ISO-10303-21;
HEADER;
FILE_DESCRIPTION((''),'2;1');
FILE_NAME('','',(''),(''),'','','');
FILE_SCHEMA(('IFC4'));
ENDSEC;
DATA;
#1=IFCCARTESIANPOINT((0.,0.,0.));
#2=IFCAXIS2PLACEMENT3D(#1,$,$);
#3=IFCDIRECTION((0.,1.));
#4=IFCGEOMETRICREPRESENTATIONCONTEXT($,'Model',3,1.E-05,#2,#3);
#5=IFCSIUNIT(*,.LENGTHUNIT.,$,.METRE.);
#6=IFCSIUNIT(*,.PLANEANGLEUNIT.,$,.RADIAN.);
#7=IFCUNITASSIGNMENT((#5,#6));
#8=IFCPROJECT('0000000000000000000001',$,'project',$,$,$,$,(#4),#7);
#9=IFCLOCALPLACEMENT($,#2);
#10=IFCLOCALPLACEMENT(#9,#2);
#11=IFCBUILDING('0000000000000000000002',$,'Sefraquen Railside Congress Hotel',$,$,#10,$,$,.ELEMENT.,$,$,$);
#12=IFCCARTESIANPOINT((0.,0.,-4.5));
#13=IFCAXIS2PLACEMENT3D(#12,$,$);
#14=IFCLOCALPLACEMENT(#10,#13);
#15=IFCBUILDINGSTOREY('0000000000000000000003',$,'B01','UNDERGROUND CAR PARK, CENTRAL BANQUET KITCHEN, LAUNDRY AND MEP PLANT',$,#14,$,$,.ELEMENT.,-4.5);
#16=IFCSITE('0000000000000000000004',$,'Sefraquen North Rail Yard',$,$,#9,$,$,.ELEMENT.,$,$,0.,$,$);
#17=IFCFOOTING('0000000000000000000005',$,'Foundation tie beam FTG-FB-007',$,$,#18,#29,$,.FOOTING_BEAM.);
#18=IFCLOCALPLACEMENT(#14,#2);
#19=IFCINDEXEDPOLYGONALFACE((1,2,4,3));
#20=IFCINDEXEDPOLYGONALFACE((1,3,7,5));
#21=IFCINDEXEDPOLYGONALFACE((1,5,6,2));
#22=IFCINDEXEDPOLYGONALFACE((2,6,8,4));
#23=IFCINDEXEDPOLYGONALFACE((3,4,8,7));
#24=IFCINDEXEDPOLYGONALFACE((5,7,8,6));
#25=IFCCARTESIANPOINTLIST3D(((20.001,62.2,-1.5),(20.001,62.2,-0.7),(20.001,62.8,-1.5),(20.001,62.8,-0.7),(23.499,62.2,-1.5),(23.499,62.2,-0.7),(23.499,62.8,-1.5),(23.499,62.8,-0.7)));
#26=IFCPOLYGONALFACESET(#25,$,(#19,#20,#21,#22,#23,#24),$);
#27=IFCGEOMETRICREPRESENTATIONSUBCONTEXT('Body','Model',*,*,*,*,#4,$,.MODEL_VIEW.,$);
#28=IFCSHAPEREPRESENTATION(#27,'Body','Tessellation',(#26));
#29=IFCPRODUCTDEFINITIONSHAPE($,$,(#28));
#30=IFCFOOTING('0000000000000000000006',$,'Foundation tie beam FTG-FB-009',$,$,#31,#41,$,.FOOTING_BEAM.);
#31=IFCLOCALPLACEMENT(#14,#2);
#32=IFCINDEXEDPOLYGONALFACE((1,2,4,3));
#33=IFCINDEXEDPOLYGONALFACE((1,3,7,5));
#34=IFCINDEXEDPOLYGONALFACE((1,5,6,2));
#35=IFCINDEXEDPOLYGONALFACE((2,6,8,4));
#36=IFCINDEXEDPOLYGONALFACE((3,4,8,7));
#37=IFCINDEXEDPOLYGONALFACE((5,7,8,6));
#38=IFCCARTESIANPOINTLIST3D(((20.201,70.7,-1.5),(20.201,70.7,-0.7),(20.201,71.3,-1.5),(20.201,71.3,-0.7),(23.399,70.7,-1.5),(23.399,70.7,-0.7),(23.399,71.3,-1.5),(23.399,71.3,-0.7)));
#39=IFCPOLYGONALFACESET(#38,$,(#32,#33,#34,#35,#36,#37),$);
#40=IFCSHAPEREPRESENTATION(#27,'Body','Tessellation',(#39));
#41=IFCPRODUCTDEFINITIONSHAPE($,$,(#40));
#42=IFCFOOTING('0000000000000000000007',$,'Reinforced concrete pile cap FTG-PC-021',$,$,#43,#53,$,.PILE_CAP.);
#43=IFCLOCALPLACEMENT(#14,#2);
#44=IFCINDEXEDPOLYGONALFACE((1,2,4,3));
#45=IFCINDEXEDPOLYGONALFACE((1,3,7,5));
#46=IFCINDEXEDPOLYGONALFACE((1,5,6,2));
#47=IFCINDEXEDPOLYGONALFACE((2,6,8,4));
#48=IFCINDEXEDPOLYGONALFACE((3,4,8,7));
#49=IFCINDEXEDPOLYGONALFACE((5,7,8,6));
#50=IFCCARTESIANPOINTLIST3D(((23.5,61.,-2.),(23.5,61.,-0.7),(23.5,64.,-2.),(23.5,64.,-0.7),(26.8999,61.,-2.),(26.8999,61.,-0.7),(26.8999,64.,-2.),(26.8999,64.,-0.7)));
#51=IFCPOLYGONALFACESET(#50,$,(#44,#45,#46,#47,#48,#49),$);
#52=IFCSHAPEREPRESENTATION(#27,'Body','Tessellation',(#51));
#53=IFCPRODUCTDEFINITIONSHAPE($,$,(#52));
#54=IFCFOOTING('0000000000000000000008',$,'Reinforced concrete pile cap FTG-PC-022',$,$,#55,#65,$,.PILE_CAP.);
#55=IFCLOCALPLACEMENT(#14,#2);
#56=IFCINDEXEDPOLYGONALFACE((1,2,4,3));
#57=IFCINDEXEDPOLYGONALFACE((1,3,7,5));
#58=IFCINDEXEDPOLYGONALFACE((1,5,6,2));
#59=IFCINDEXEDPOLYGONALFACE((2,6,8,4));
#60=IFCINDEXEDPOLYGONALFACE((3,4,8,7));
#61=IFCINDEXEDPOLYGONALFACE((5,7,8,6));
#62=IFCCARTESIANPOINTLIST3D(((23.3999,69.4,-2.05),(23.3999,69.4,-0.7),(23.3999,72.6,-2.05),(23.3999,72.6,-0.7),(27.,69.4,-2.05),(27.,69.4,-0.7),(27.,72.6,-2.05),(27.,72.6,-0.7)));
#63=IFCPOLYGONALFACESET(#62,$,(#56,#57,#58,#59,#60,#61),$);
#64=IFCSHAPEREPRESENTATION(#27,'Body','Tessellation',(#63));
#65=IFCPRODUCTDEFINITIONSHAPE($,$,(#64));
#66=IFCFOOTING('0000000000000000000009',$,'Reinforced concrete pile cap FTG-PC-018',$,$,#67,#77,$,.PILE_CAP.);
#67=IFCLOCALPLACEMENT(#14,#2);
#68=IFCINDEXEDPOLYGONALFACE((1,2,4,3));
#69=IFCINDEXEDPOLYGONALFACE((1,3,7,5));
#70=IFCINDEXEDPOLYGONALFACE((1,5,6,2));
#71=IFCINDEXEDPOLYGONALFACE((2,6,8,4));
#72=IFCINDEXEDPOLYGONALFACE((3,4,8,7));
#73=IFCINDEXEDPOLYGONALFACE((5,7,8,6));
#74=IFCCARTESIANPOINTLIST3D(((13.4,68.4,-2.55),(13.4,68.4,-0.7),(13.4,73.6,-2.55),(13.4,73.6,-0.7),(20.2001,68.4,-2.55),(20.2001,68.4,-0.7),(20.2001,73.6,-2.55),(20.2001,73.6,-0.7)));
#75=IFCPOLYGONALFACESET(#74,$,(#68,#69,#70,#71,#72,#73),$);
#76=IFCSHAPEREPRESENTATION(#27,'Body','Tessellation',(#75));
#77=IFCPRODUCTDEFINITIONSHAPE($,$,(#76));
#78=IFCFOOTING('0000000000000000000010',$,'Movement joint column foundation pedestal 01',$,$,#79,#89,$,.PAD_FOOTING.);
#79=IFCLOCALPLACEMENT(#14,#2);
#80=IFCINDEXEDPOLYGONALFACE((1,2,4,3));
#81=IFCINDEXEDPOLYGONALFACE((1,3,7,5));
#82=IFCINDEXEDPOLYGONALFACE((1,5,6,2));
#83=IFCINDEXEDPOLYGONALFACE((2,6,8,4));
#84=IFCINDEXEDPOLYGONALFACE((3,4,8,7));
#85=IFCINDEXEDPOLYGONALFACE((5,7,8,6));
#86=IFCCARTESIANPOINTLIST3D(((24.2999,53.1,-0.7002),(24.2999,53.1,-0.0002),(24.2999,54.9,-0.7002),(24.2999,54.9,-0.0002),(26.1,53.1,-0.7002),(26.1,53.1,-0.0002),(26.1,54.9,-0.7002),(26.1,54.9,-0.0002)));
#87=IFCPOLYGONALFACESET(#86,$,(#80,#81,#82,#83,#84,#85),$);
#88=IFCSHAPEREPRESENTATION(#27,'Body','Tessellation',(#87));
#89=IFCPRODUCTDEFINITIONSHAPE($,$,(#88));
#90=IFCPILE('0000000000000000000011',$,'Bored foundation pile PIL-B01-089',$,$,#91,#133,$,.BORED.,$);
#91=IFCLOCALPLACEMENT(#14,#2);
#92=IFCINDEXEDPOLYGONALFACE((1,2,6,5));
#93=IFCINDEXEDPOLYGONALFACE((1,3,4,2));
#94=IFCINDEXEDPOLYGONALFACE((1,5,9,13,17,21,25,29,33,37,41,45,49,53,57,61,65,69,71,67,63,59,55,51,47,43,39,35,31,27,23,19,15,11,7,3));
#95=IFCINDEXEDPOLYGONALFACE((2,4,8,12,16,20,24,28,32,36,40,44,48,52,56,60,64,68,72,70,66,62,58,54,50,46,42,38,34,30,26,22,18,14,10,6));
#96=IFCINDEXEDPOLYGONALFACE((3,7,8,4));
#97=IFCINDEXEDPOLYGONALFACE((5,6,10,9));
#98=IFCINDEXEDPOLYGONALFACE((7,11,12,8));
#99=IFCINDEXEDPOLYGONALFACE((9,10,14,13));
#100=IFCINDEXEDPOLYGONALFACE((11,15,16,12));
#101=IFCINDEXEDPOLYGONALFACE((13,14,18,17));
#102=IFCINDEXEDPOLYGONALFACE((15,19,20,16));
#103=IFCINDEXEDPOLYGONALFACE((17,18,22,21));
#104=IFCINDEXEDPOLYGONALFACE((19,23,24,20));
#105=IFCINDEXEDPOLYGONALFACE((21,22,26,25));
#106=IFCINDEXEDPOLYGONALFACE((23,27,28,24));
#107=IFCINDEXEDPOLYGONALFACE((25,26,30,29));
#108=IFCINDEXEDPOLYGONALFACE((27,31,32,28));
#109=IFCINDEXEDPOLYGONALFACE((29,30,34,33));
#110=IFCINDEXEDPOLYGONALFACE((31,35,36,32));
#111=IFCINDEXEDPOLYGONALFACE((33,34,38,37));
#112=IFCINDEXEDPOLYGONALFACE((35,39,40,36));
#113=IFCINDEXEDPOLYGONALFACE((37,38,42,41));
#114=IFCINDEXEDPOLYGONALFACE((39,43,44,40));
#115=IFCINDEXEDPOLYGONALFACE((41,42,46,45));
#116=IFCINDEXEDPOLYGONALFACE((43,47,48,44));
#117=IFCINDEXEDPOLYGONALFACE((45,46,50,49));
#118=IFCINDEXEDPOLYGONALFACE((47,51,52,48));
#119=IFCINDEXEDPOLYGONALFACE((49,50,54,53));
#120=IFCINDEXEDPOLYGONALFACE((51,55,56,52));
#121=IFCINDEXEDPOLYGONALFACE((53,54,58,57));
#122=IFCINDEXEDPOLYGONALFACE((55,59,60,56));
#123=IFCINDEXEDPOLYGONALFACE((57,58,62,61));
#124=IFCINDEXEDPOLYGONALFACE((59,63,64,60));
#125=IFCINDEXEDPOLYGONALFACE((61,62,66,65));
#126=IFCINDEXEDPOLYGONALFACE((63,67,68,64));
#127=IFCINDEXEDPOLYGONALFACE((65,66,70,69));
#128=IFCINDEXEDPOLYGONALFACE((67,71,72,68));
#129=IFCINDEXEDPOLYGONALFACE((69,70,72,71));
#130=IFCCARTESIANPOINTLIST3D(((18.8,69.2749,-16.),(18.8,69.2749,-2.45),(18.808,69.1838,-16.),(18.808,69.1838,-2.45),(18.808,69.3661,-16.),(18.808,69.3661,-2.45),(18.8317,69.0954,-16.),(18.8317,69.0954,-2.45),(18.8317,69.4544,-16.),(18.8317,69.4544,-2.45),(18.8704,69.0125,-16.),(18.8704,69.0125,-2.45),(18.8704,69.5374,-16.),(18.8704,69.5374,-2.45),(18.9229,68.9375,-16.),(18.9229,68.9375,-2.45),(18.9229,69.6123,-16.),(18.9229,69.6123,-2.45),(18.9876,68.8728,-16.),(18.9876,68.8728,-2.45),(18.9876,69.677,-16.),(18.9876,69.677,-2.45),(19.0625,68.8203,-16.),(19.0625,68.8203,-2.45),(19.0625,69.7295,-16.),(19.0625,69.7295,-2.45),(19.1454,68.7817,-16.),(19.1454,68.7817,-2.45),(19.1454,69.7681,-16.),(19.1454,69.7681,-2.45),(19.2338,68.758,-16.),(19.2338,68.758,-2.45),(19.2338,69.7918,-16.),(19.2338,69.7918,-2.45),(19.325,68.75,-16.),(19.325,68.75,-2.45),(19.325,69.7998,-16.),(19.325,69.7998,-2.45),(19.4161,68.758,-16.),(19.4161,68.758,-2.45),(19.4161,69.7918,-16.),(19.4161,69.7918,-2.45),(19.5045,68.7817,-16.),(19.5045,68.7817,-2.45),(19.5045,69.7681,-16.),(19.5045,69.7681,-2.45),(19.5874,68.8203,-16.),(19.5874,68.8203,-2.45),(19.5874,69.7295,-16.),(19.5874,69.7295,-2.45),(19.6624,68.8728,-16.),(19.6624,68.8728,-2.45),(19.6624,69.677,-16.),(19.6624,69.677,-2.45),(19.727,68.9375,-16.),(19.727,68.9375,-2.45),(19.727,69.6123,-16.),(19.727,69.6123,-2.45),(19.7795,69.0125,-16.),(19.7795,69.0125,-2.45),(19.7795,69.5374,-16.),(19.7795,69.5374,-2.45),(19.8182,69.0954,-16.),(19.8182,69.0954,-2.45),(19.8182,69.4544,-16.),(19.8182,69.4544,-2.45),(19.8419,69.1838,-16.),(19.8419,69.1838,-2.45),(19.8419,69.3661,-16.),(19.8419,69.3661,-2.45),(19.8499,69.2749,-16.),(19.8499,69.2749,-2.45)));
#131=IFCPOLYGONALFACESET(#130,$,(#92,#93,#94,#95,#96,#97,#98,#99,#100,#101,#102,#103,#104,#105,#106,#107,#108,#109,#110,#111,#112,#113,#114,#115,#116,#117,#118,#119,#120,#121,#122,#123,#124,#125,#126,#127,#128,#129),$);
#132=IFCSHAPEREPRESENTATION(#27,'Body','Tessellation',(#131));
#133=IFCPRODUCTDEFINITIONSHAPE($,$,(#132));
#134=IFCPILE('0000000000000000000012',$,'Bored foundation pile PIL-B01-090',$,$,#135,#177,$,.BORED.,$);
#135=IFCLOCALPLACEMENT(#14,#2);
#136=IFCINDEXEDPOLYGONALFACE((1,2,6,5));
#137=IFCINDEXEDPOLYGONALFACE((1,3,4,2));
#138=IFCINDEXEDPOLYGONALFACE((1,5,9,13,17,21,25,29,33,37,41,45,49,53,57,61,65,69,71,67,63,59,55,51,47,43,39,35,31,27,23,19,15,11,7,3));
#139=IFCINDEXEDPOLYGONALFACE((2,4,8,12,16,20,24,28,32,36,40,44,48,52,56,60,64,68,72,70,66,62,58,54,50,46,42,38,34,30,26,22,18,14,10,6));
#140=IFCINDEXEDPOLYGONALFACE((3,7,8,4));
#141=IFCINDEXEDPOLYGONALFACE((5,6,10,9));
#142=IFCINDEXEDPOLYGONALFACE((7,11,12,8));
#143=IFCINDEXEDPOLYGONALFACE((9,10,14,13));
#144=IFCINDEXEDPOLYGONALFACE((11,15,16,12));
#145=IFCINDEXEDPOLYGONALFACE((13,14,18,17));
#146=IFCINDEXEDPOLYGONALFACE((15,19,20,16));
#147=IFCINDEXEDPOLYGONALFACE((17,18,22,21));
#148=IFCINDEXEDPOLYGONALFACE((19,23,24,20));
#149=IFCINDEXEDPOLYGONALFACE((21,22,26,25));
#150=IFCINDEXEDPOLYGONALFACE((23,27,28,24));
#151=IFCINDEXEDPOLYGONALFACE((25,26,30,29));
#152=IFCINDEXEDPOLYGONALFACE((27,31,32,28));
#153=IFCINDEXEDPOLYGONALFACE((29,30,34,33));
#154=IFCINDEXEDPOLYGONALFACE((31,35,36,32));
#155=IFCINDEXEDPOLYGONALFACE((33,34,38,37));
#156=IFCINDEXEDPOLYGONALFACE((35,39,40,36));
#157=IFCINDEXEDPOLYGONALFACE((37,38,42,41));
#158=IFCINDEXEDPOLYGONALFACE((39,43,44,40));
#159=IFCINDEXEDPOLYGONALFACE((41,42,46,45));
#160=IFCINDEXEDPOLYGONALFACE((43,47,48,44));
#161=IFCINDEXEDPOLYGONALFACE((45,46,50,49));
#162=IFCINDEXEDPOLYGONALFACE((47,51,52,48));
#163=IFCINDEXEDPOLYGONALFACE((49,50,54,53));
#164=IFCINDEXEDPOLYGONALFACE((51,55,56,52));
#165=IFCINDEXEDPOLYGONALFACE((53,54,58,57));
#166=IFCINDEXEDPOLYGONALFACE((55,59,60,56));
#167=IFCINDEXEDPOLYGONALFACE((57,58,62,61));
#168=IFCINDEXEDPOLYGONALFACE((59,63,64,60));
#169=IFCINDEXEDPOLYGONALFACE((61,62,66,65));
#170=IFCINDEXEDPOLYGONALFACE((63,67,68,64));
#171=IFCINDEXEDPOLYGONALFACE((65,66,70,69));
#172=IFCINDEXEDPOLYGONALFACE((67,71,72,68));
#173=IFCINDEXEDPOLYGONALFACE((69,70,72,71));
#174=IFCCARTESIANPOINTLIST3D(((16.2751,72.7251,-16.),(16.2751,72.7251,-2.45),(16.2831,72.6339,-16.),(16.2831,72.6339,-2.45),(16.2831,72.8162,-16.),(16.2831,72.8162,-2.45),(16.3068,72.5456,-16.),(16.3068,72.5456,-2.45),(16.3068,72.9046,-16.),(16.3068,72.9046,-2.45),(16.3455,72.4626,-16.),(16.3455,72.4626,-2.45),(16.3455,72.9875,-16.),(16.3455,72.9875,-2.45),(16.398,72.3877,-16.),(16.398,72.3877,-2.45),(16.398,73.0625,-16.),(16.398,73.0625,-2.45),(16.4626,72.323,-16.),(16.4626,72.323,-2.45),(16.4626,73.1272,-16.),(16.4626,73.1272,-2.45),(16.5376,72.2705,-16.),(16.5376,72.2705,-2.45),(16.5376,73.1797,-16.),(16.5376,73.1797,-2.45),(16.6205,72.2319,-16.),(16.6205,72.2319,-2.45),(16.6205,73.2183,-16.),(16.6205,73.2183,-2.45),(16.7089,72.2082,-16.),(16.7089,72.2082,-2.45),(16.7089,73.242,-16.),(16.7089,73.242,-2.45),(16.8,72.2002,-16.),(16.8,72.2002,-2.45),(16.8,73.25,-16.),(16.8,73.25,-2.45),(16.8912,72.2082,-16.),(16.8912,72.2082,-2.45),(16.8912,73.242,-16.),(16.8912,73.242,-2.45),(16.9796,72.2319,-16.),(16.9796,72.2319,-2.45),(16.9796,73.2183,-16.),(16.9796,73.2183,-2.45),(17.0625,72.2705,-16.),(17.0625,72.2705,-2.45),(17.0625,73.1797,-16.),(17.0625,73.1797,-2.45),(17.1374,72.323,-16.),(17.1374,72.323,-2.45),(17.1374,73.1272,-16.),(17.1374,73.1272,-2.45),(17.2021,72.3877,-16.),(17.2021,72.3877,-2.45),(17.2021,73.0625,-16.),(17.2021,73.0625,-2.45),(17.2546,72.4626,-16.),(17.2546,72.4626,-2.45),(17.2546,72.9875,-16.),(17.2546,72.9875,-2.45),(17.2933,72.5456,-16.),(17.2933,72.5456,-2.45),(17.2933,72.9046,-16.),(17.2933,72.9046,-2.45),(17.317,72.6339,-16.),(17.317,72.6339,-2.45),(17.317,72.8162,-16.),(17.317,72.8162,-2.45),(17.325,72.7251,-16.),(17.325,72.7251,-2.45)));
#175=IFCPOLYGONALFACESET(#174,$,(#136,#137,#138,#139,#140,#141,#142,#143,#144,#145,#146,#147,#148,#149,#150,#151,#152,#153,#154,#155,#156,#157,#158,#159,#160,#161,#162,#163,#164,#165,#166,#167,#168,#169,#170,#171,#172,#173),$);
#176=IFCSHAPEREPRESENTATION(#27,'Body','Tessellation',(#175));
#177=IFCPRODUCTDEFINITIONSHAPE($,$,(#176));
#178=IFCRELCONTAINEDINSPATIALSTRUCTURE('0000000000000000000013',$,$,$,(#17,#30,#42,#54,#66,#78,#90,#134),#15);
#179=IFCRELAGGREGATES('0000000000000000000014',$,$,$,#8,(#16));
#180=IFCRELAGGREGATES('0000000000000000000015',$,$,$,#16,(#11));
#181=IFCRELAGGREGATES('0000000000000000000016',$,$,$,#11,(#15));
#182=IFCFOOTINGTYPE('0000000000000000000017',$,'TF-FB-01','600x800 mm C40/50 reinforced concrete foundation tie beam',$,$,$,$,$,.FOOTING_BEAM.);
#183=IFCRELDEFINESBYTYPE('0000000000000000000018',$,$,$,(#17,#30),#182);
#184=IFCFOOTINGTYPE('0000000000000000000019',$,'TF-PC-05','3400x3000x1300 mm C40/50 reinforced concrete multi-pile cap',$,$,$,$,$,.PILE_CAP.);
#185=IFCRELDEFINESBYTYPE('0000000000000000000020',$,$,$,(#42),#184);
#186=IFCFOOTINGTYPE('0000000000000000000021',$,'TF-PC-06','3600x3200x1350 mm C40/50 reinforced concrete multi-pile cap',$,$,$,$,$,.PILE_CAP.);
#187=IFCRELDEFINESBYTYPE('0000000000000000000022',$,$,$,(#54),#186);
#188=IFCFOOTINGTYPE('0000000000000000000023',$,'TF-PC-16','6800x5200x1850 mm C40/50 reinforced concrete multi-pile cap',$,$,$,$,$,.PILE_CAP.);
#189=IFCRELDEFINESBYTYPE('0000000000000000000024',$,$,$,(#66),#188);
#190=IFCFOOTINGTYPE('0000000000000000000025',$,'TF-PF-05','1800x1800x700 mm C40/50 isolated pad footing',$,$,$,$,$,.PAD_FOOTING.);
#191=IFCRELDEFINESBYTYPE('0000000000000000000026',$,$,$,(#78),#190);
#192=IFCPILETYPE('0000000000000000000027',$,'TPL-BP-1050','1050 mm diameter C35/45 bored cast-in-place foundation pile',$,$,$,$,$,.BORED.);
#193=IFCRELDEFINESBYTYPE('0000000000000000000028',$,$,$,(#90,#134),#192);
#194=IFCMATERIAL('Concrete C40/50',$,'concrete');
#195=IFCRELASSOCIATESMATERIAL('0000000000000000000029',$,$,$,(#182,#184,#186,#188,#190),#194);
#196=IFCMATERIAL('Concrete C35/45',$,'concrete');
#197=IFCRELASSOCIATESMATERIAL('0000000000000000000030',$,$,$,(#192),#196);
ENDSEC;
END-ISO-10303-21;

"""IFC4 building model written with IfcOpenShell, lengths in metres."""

from ifc_helpers import new_model, si_unit, direction, frame, origin, origin_2d, place, context, subcontext, project, spatial, rectangle, circle, extrude, material, material_profile, profile_set, type_object, element, save


model = new_model("IFC4")

# Units and contexts
model_context = context("Model", 3, precision=1e-05, world=origin(), true_north=direction((0.0, 1.0)))
body_context = subcontext(model_context, "Body", "Model", "MODEL_VIEW")
ifc_project = project(units=[si_unit("LENGTHUNIT", "METRE"), si_unit("PLANEANGLEUNIT", "RADIAN")], contexts=[model_context])

# Site, building, storey
site_placement = place(None, origin())
site = spatial("IfcSite", under=ifc_project, at=site_placement, Name="Sefraquen North Rail Yard", CompositionType="ELEMENT", RefElevation=0.0)
building_placement = place(site_placement, origin())
building = spatial("IfcBuilding", under=site, at=building_placement, Name="Sefraquen Railside Congress Hotel", CompositionType="ELEMENT")
storey_placement = place(building_placement, frame((0.0, 0.0, -4.5)))
storey = spatial("IfcBuildingStorey", under=building, at=storey_placement, Name="B01", Description="UNDERGROUND CAR PARK, CENTRAL BANQUET KITCHEN, LAUNDRY AND MEP PLANT", CompositionType="ELEMENT", Elevation=-4.5)

# Footings
ifc_material_1 = material(Name="Concrete C40/50", Category="concrete")
footing_type_1 = type_object("IfcFootingType", Name="TF-FB-01", Description="600x800 mm C40/50 reinforced concrete foundation tie beam", PredefinedType="FOOTING_BEAM", material=ifc_material_1)
footing_1_placement = place(storey_placement, frame((21.75, 62.5, -1.5), z_axis=(0.0, 0.0, 1.0), x_axis=(1.0, 0.0, 0.0)))
element("IfcFooting", 1, at=footing_1_placement, inside=storey, type_object=footing_type_1, Name="Foundation tie beam FTG-FB-007", PredefinedType="FOOTING_BEAM", context=body_context, shape_type="SweptSolid", body=[
    extrude(rectangle(XDim=3.498, YDim=0.6001, at=origin_2d()), origin(), (0.0, 0.0, 1.0), 0.8),
])
footing_2_placement = place(storey_placement, frame((21.8, 71.0, -1.5), z_axis=(0.0, 0.0, 1.0), x_axis=(1.0, 0.0, 0.0)))
element("IfcFooting", 2, at=footing_2_placement, inside=storey, type_object=footing_type_1, Name="Foundation tie beam FTG-FB-009", PredefinedType="FOOTING_BEAM", context=body_context, shape_type="SweptSolid", body=[
    extrude(rectangle(XDim=3.198, YDim=0.6001, at=origin_2d()), origin(), (0.0, 0.0, 1.0), 0.8),
])
footing_type_2 = type_object("IfcFootingType", Name="TF-PC-05", Description="3400x3000x1300 mm C40/50 reinforced concrete multi-pile cap", PredefinedType="PILE_CAP", material=ifc_material_1)
footing_3_placement = place(storey_placement, frame((25.2, 62.5, -2.0), z_axis=(0.0, 0.0, 1.0), x_axis=(1.0, 0.0, 0.0)))
element("IfcFooting", 3, at=footing_3_placement, inside=storey, type_object=footing_type_2, Name="Reinforced concrete pile cap FTG-PC-021", PredefinedType="PILE_CAP", context=body_context, shape_type="SweptSolid", body=[
    extrude(rectangle(XDim=3.3999, YDim=3.0, at=origin_2d()), origin(), (0.0, 0.0, 1.0), 1.3),
])
footing_type_3 = type_object("IfcFootingType", Name="TF-PC-06", Description="3600x3200x1350 mm C40/50 reinforced concrete multi-pile cap", PredefinedType="PILE_CAP", material=ifc_material_1)
footing_4_placement = place(storey_placement, frame((25.2, 71.0, -2.05), z_axis=(0.0, 0.0, 1.0), x_axis=(1.0, 0.0, 0.0)))
element("IfcFooting", 4, at=footing_4_placement, inside=storey, type_object=footing_type_3, Name="Reinforced concrete pile cap FTG-PC-022", PredefinedType="PILE_CAP", context=body_context, shape_type="SweptSolid", body=[
    extrude(rectangle(XDim=3.6001, YDim=3.2, at=origin_2d()), origin(), (0.0, 0.0, 1.0), 1.3501),
])
footing_type_4 = type_object("IfcFootingType", Name="TF-PC-16", Description="6800x5200x1850 mm C40/50 reinforced concrete multi-pile cap", PredefinedType="PILE_CAP", material=ifc_material_1)
footing_5_placement = place(storey_placement, frame((16.8, 71.0, -2.55), z_axis=(0.0, 0.0, 1.0), x_axis=(1.0, 0.0, 0.0)))
element("IfcFooting", 5, at=footing_5_placement, inside=storey, type_object=footing_type_4, Name="Reinforced concrete pile cap FTG-PC-018", PredefinedType="PILE_CAP", context=body_context, shape_type="SweptSolid", body=[
    extrude(rectangle(XDim=6.8, YDim=5.2, at=origin_2d()), origin(), (0.0, 0.0, 1.0), 1.8501),
])
footing_type_5 = type_object("IfcFootingType", Name="TF-PF-05", Description="1800x1800x700 mm C40/50 isolated pad footing", PredefinedType="PAD_FOOTING", material=ifc_material_1)
footing_6_placement = place(storey_placement, frame((25.2, 54.0, -0.7002), z_axis=(0.0, 0.0, 1.0), x_axis=(1.0, 0.0, 0.0)))
element("IfcFooting", 6, at=footing_6_placement, inside=storey, type_object=footing_type_5, Name="Movement joint column foundation pedestal 01", PredefinedType="PAD_FOOTING", context=body_context, shape_type="SweptSolid", body=[
    extrude(rectangle(XDim=1.8, YDim=1.8, at=origin_2d()), origin(), (0.0, 0.0, 1.0), 0.7),
])

# Piles
ifc_material_2 = material(Name="Concrete C35/45", Category="concrete")
ifc_material_profile_1 = material_profile(ifc_material_2, circle(Radius=0.5249, at=origin_2d()), Name="BORED PILE 1050")
ifc_profile_set_1 = profile_set([ifc_material_profile_1], Name="Concrete C35/45")
pile_type_1 = type_object("IfcPileType", Name="TPL-BP-1050", Description="1050 mm diameter C35/45 bored cast-in-place foundation pile", PredefinedType="BORED", material=ifc_profile_set_1)
for number, where, z_axis, x_axis, name in (
    (7, (19.325, 69.2749, -2.45), (0.0, 0.0, -1.0), (1.0, 0.0, 0.0), "Bored foundation pile PIL-B01-089"),
    (8, (16.8, 72.7251, -2.45), (0.0, 0.0, -1.0), (1.0, 0.0, 0.0), "Bored foundation pile PIL-B01-090"),
):
    element("IfcPile", number, at=place(storey_placement, frame(where, z_axis=z_axis, x_axis=x_axis)), inside=storey, type_object=pile_type_1, Name=name, PredefinedType="BORED", context=body_context, shape_type="SweptSolid", body=[
        extrude(circle(Radius=0.5249, at=origin_2d()), origin(), (0.0, 0.0, 1.0), 13.55),
    ])

save(model, "model.ifc")
